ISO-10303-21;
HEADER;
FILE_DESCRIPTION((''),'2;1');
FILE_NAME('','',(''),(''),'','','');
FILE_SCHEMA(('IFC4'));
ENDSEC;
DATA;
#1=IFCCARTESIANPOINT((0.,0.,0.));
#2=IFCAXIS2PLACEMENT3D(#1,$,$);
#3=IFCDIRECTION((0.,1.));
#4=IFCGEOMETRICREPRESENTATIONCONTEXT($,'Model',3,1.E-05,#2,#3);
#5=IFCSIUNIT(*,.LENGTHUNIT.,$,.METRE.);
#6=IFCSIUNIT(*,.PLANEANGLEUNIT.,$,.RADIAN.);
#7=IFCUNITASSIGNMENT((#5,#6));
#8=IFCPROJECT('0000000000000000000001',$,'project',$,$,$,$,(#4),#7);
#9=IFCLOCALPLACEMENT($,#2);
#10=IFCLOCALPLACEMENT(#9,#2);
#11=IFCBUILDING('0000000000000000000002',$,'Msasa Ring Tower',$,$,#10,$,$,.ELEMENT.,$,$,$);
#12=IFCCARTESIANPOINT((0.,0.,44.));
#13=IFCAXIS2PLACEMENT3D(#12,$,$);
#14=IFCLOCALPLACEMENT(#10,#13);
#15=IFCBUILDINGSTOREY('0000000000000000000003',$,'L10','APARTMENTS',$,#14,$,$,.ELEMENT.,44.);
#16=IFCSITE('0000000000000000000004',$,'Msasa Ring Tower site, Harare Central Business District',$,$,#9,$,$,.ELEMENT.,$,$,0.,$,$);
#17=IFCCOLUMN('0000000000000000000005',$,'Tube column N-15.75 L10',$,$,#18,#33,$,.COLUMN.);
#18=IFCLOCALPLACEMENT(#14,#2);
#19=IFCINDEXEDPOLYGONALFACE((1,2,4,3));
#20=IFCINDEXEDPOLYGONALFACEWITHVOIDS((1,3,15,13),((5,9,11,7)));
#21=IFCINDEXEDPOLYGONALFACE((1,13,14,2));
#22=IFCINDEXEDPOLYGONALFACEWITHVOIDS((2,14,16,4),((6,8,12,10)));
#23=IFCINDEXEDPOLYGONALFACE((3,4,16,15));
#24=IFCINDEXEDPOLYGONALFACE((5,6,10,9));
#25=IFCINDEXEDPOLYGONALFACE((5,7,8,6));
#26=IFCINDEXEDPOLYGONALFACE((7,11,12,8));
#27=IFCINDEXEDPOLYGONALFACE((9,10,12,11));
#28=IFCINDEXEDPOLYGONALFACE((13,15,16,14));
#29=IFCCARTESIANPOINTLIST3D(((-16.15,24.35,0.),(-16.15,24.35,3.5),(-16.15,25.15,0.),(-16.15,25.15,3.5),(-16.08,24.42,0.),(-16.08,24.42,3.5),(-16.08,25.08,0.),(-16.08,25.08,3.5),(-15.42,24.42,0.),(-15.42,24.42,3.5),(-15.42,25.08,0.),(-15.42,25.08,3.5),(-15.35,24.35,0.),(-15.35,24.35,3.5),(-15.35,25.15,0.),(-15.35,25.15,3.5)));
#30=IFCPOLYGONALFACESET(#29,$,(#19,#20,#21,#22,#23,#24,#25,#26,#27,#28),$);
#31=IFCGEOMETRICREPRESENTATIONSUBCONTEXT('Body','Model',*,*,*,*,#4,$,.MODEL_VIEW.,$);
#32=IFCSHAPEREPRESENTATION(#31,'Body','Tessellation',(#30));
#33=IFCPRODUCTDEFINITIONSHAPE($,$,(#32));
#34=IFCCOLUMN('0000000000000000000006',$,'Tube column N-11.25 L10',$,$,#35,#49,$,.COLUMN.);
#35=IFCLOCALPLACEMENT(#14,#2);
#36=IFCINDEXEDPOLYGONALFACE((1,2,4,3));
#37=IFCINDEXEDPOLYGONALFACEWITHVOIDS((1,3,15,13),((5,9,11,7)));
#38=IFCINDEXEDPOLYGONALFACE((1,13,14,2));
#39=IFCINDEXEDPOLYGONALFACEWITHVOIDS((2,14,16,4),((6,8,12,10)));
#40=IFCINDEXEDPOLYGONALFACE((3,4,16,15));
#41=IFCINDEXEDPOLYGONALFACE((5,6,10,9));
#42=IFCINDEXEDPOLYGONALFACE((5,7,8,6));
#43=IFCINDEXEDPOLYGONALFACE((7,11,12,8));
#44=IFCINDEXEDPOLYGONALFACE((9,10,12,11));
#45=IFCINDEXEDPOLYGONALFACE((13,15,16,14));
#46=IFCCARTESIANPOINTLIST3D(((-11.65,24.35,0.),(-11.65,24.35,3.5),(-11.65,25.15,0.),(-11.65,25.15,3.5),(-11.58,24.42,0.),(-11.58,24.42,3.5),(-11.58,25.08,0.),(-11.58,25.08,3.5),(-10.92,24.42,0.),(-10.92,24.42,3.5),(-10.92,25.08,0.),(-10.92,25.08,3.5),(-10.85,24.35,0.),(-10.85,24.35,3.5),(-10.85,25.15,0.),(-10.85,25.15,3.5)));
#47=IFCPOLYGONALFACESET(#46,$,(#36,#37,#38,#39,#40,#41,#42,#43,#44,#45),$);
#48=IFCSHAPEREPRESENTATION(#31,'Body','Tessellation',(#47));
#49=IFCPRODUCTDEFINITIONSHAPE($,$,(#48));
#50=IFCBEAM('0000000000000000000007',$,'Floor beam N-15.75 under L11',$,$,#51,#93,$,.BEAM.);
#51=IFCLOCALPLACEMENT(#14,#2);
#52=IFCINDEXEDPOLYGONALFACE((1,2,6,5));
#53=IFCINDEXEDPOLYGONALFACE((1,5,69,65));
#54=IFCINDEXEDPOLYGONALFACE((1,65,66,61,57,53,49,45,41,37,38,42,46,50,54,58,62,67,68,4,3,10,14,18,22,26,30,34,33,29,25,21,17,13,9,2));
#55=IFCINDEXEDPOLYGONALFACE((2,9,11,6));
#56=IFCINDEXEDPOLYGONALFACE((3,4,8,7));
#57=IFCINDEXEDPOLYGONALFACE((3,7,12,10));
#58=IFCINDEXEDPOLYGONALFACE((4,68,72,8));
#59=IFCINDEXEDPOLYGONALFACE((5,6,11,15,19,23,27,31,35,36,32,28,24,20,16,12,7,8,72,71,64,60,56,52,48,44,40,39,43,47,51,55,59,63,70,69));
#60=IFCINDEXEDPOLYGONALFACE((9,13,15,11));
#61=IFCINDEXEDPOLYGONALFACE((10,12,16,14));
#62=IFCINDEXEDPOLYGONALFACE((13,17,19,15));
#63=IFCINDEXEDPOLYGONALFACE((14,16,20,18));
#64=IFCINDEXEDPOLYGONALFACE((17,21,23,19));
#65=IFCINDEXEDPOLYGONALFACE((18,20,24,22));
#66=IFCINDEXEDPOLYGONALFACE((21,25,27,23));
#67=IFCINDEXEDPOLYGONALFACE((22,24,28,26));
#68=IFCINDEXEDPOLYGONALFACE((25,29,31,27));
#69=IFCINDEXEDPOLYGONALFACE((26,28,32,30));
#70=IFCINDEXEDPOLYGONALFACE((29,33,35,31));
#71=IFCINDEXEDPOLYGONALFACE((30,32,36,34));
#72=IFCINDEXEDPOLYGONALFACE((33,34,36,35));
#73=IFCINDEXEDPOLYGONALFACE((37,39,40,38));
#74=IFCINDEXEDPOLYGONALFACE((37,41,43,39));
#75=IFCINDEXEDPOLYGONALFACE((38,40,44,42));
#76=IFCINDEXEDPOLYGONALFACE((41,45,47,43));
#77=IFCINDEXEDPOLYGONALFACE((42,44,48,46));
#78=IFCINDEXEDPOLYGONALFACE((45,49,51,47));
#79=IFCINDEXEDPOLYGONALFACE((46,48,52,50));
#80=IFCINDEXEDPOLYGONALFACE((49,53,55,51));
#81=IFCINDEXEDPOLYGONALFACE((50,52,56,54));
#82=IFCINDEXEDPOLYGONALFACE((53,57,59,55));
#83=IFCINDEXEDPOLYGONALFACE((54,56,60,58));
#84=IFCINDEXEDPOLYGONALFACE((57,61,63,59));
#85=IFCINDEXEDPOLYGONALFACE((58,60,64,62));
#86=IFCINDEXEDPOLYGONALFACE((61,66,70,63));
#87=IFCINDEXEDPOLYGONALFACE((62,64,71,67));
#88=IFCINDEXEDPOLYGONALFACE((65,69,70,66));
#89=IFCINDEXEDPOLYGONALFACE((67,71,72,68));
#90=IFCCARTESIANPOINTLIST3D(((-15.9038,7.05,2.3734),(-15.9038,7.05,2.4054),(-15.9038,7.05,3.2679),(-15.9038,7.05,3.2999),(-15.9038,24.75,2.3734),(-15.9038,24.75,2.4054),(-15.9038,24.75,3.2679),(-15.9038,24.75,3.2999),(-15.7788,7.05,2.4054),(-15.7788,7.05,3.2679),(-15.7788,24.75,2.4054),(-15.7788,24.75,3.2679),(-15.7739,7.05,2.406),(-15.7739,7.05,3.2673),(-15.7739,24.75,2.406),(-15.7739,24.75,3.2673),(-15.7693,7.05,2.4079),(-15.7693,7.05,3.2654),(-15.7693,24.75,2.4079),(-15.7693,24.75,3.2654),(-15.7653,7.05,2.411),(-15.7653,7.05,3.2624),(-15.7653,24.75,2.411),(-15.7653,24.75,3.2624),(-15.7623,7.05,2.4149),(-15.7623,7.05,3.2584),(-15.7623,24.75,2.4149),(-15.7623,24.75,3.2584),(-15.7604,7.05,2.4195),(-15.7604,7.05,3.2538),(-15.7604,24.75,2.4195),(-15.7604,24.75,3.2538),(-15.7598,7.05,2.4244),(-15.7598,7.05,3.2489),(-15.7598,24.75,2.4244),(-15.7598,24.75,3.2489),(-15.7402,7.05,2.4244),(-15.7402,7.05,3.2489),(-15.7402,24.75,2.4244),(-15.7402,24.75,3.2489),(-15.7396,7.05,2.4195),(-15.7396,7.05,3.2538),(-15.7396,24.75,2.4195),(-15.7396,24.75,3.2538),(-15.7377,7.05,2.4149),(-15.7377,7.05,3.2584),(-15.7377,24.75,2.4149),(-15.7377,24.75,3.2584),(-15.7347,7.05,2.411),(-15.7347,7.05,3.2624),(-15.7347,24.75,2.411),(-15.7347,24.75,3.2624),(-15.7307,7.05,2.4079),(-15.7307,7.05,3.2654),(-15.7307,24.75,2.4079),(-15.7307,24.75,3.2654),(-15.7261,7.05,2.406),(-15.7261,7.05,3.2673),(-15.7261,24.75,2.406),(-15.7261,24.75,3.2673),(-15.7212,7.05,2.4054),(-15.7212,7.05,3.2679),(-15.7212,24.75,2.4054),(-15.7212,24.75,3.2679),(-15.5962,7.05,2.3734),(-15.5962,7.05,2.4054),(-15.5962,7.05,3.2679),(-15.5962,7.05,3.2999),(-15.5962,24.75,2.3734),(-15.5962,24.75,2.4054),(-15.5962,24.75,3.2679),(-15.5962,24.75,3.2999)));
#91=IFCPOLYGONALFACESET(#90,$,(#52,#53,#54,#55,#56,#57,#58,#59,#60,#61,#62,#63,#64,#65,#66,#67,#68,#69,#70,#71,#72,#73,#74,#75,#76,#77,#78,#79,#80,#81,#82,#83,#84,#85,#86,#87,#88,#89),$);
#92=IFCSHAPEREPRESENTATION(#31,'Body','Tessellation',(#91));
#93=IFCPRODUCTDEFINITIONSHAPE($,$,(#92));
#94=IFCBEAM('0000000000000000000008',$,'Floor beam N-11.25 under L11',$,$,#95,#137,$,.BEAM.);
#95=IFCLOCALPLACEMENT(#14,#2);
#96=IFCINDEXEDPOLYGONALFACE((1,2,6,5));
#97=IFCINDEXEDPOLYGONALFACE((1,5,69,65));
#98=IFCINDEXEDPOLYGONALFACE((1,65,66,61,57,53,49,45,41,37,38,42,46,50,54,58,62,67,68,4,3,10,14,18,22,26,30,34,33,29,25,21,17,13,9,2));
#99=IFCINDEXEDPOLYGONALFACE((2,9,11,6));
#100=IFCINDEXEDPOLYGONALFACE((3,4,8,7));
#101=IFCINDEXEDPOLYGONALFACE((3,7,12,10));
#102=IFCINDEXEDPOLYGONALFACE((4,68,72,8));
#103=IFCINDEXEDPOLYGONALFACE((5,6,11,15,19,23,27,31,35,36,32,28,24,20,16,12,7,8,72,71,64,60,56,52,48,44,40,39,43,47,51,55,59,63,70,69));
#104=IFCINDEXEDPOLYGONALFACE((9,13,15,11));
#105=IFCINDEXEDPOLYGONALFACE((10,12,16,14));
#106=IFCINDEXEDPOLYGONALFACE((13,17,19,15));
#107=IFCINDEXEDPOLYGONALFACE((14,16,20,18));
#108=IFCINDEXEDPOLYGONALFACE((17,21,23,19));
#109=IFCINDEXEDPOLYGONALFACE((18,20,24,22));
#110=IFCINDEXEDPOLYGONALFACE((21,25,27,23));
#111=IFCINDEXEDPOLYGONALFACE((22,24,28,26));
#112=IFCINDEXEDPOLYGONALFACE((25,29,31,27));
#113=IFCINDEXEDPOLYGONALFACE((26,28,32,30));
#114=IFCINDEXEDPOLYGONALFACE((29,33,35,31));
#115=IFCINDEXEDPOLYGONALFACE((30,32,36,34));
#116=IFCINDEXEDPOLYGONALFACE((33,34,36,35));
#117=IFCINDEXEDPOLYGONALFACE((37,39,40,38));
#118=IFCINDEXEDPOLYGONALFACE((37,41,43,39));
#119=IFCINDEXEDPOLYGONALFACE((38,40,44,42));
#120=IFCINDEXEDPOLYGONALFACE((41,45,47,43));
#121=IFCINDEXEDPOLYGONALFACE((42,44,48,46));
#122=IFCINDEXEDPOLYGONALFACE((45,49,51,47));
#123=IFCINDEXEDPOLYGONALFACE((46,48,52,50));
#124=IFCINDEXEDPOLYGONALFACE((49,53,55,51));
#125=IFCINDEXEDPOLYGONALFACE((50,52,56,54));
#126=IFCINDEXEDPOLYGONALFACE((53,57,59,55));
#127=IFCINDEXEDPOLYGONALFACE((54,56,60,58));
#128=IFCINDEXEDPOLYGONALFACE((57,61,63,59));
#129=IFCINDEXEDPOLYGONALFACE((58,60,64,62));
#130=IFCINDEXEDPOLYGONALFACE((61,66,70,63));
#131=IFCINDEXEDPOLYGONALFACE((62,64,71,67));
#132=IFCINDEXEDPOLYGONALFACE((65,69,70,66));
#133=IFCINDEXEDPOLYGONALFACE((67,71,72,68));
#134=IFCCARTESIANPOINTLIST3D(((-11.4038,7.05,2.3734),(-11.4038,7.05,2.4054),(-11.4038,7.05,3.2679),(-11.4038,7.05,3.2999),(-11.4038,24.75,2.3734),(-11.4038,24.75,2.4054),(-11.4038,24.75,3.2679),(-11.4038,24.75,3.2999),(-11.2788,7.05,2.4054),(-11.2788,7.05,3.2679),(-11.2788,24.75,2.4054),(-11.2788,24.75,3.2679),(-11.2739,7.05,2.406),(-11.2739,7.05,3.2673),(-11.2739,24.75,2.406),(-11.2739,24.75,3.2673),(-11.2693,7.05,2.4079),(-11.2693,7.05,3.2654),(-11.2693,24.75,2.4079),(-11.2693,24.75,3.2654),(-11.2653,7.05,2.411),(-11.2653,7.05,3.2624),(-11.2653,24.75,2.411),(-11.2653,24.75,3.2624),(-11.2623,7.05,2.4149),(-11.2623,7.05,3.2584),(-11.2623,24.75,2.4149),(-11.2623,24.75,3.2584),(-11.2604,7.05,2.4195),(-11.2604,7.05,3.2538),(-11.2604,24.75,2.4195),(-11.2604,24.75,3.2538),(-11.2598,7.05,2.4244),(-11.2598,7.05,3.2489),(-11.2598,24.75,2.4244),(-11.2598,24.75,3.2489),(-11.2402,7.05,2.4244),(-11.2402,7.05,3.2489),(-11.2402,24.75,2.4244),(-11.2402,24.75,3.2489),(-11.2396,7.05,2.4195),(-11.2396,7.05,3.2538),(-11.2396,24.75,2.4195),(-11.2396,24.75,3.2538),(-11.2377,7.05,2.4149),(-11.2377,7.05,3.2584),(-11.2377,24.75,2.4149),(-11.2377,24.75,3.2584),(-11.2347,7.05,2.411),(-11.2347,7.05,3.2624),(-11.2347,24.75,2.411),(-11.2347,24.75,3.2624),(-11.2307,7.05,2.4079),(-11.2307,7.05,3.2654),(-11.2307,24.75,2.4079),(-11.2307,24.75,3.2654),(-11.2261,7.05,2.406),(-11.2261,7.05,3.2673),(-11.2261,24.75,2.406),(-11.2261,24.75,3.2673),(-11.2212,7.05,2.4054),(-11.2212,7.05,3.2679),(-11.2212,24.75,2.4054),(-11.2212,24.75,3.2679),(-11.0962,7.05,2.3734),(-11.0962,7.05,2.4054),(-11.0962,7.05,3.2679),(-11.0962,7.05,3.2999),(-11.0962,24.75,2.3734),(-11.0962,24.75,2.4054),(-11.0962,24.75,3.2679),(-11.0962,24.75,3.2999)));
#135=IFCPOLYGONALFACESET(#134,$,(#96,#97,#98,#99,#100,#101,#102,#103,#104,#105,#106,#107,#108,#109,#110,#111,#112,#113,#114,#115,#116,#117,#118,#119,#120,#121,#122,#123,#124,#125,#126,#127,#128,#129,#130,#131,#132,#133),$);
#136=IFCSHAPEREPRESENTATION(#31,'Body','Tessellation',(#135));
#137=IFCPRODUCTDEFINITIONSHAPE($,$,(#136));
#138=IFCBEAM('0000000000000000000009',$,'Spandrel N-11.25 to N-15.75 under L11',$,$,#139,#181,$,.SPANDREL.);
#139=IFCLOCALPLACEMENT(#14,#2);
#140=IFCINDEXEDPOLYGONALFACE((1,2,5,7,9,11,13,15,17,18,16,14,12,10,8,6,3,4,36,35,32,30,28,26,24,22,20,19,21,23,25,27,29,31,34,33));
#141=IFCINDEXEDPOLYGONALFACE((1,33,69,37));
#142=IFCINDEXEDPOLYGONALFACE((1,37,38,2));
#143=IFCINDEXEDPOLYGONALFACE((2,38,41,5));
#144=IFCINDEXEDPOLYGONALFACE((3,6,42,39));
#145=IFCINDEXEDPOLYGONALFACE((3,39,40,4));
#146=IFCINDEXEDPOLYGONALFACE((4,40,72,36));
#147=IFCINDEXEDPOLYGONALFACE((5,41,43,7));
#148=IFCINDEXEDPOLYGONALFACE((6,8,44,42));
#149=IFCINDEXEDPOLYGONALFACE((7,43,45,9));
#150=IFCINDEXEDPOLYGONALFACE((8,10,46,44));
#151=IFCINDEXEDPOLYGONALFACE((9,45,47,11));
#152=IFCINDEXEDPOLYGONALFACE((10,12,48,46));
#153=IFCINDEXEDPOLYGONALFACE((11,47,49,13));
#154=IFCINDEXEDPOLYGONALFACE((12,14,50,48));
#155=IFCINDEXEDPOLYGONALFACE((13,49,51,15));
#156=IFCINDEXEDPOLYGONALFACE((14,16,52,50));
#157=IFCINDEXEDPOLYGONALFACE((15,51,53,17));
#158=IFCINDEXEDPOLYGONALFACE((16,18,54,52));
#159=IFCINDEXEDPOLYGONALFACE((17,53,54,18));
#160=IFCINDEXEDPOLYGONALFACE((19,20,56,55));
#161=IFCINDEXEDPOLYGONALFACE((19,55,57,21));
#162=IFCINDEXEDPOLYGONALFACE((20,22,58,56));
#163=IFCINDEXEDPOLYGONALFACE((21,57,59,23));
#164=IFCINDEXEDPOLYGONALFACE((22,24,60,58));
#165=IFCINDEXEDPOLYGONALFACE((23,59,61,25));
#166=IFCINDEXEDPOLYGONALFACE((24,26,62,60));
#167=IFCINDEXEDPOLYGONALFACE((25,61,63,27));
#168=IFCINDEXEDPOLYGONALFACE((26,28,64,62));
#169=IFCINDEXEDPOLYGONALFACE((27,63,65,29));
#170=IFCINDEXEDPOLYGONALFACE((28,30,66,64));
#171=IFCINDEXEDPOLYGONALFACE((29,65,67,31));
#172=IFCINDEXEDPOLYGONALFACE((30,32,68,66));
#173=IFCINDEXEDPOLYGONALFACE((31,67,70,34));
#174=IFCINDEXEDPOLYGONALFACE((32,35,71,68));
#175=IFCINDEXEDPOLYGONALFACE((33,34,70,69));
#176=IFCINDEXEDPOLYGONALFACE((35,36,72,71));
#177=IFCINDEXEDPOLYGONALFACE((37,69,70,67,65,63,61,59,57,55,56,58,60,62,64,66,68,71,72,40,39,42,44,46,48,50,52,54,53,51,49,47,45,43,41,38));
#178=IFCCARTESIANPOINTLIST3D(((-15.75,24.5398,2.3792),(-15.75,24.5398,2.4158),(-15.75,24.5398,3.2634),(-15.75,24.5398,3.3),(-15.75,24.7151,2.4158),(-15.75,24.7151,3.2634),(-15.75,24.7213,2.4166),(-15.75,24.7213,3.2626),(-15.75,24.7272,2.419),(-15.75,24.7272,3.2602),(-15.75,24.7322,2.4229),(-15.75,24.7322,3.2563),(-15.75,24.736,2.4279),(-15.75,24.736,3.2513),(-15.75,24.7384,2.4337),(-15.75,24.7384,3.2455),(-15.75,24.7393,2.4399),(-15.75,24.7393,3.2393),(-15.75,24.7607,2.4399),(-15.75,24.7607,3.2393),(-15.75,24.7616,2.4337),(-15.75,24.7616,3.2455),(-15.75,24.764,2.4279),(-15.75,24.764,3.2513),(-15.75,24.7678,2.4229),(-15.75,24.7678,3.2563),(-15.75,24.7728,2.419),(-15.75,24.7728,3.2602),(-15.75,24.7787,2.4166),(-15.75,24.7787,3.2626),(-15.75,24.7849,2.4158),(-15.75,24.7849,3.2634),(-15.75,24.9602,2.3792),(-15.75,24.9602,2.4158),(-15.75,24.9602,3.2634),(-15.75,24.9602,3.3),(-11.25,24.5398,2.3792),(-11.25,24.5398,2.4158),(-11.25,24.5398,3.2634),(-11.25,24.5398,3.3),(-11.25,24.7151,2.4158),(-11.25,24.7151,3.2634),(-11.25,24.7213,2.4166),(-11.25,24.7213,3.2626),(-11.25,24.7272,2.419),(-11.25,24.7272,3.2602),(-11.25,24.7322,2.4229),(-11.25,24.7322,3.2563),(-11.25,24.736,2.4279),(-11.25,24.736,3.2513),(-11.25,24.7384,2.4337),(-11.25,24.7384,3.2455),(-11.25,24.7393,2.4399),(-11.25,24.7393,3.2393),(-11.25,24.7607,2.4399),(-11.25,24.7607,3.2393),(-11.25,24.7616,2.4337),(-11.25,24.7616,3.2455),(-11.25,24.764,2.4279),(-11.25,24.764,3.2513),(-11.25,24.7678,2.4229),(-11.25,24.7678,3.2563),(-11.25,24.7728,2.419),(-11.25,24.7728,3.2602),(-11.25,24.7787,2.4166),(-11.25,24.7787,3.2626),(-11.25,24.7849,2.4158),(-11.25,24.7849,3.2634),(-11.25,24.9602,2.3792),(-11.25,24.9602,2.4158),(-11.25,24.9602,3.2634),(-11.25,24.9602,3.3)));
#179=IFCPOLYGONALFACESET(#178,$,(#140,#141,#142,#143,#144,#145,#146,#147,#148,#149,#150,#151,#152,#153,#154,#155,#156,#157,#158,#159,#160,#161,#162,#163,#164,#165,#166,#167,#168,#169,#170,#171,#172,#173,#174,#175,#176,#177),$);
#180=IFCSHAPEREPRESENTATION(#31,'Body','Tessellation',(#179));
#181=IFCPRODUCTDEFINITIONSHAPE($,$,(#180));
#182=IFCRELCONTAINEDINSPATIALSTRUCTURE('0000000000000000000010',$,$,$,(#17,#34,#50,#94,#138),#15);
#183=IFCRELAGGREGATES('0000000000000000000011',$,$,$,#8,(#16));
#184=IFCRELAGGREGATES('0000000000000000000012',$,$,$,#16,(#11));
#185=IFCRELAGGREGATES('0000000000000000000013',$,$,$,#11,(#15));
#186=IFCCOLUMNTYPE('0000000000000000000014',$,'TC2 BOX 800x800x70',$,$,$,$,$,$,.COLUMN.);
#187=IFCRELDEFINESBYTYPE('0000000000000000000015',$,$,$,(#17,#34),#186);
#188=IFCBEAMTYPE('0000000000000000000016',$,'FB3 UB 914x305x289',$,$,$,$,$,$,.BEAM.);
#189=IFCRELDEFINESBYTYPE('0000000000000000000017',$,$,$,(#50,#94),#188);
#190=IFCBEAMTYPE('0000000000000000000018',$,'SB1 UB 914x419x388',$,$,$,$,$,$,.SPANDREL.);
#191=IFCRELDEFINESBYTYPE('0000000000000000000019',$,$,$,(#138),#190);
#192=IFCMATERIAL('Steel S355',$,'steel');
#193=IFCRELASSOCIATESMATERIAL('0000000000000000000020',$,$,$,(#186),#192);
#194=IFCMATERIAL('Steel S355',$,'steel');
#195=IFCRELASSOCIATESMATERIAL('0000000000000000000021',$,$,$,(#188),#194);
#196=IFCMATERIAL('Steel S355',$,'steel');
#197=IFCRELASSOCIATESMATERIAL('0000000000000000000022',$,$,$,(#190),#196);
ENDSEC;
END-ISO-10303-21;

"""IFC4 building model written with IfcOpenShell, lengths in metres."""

from ifc_helpers import new_model, si_unit, direction, frame, origin, origin_2d, place, context, subcontext, project, spatial, hollow_rectangle, i_section, extrude, material, material_profile, profile_set, type_object, element, save


model = new_model("IFC4")

# Units and contexts
model_context = context("Model", 3, precision=1e-05, world=origin(), true_north=direction((0.0, 1.0)))
body_context = subcontext(model_context, "Body", "Model", "MODEL_VIEW")
ifc_project = project(units=[si_unit("LENGTHUNIT", "METRE"), si_unit("PLANEANGLEUNIT", "RADIAN")], contexts=[model_context])

# Site, building, storey
site_placement = place(None, origin())
site = spatial("IfcSite", under=ifc_project, at=site_placement, Name="Msasa Ring Tower site, Harare Central Business District", CompositionType="ELEMENT", RefElevation=0.0)
building_placement = place(site_placement, origin())
building = spatial("IfcBuilding", under=site, at=building_placement, Name="Msasa Ring Tower", CompositionType="ELEMENT")
storey_placement = place(building_placement, frame((0.0, 0.0, 44.0)))
storey = spatial("IfcBuildingStorey", under=building, at=storey_placement, Name="L10", Description="APARTMENTS", CompositionType="ELEMENT", Elevation=44.0)

# Columns
ifc_material_1 = material(Name="Steel S355", Category="steel")
ifc_material_profile_1 = material_profile(ifc_material_1, hollow_rectangle(XDim=0.8, YDim=0.8, WallThickness=0.0701, at=origin_2d()), Name="BOX 800x800x70")
ifc_profile_set_1 = profile_set([ifc_material_profile_1], Name="Steel S355")
column_type = type_object("IfcColumnType", Name="TC2 BOX 800x800x70", PredefinedType="COLUMN", material=ifc_profile_set_1)
for number, where, z_axis, x_axis, name in (
    (1, (-15.75, 24.75, 0.0), (0.0, 0.0, 1.0), (0.0, 1.0, 0.0), "Tube column N-15.75 L10"),
    (2, (-11.25, 24.75, 0.0), (0.0, 0.0, 1.0), (0.0, 1.0, 0.0), "Tube column N-11.25 L10"),
):
    element("IfcColumn", number, at=place(storey_placement, frame(where, z_axis=z_axis, x_axis=x_axis)), inside=storey, type_object=column_type, Name=name, PredefinedType="COLUMN", context=body_context, shape_type="SweptSolid", body=[
        extrude(hollow_rectangle(XDim=0.8, YDim=0.8, WallThickness=0.0701, at=origin_2d()), origin(), (0.0, 0.0, 1.0), 3.5),
    ])

# Beams
ifc_material_2 = material(Name="Steel S355", Category="steel")
ifc_material_profile_2 = material_profile(ifc_material_2, i_section(OverallWidth=0.3076, OverallDepth=0.9265, WebThickness=0.0195, FlangeThickness=0.032, FilletRadius=0.019, at=origin_2d()), Name="UB 914x305x289")
ifc_profile_set_2 = profile_set([ifc_material_profile_2], Name="Steel S355")
beam_type_1 = type_object("IfcBeamType", Name="FB3 UB 914x305x289", PredefinedType="BEAM", material=ifc_profile_set_2)
for number, where, z_axis, x_axis, name in (
    (3, (-15.75, 24.75, 2.8367), (0.0, -1.0, 0.0), (1.0, 0.0, 0.0), "Floor beam N-15.75 under L11"),
    (4, (-11.25, 24.75, 2.8367), (0.0, -1.0, 0.0), (1.0, 0.0, 0.0), "Floor beam N-11.25 under L11"),
):
    element("IfcBeam", number, at=place(storey_placement, frame(where, z_axis=z_axis, x_axis=x_axis)), inside=storey, type_object=beam_type_1, Name=name, PredefinedType="BEAM", context=body_context, shape_type="SweptSolid", body=[
        extrude(i_section(OverallWidth=0.3076, OverallDepth=0.9265, WebThickness=0.0195, FlangeThickness=0.032, FilletRadius=0.019, at=origin_2d()), origin(), (0.0, 0.0, 1.0), 17.7),
    ])
ifc_material_3 = material(Name="Steel S355", Category="steel")
ifc_material_profile_3 = material_profile(ifc_material_3, i_section(OverallWidth=0.4204, OverallDepth=0.9209, WebThickness=0.0215, FlangeThickness=0.0366, FilletRadius=0.0242, at=origin_2d()), Name="UB 914x419x388")
ifc_profile_set_3 = profile_set([ifc_material_profile_3], Name="Steel S355")
beam_type_2 = type_object("IfcBeamType", Name="SB1 UB 914x419x388", PredefinedType="SPANDREL", material=ifc_profile_set_3)
for number, where, z_axis, x_axis, name in (
    (5, (-11.25, 24.75, 2.8396), (-1.0, 0.0, 0.0), (0.0, -1.0, 0.0), "Spandrel N-11.25 to N-15.75 under L11"),
):
    element("IfcBeam", number, at=place(storey_placement, frame(where, z_axis=z_axis, x_axis=x_axis)), inside=storey, type_object=beam_type_2, Name=name, PredefinedType="SPANDREL", context=body_context, shape_type="SweptSolid", body=[
        extrude(i_section(OverallWidth=0.4204, OverallDepth=0.9209, WebThickness=0.0215, FlangeThickness=0.0366, FilletRadius=0.0242, at=origin_2d()), origin(), (0.0, 0.0, 1.0), 4.5),
    ])

save(model, "model.ifc")
